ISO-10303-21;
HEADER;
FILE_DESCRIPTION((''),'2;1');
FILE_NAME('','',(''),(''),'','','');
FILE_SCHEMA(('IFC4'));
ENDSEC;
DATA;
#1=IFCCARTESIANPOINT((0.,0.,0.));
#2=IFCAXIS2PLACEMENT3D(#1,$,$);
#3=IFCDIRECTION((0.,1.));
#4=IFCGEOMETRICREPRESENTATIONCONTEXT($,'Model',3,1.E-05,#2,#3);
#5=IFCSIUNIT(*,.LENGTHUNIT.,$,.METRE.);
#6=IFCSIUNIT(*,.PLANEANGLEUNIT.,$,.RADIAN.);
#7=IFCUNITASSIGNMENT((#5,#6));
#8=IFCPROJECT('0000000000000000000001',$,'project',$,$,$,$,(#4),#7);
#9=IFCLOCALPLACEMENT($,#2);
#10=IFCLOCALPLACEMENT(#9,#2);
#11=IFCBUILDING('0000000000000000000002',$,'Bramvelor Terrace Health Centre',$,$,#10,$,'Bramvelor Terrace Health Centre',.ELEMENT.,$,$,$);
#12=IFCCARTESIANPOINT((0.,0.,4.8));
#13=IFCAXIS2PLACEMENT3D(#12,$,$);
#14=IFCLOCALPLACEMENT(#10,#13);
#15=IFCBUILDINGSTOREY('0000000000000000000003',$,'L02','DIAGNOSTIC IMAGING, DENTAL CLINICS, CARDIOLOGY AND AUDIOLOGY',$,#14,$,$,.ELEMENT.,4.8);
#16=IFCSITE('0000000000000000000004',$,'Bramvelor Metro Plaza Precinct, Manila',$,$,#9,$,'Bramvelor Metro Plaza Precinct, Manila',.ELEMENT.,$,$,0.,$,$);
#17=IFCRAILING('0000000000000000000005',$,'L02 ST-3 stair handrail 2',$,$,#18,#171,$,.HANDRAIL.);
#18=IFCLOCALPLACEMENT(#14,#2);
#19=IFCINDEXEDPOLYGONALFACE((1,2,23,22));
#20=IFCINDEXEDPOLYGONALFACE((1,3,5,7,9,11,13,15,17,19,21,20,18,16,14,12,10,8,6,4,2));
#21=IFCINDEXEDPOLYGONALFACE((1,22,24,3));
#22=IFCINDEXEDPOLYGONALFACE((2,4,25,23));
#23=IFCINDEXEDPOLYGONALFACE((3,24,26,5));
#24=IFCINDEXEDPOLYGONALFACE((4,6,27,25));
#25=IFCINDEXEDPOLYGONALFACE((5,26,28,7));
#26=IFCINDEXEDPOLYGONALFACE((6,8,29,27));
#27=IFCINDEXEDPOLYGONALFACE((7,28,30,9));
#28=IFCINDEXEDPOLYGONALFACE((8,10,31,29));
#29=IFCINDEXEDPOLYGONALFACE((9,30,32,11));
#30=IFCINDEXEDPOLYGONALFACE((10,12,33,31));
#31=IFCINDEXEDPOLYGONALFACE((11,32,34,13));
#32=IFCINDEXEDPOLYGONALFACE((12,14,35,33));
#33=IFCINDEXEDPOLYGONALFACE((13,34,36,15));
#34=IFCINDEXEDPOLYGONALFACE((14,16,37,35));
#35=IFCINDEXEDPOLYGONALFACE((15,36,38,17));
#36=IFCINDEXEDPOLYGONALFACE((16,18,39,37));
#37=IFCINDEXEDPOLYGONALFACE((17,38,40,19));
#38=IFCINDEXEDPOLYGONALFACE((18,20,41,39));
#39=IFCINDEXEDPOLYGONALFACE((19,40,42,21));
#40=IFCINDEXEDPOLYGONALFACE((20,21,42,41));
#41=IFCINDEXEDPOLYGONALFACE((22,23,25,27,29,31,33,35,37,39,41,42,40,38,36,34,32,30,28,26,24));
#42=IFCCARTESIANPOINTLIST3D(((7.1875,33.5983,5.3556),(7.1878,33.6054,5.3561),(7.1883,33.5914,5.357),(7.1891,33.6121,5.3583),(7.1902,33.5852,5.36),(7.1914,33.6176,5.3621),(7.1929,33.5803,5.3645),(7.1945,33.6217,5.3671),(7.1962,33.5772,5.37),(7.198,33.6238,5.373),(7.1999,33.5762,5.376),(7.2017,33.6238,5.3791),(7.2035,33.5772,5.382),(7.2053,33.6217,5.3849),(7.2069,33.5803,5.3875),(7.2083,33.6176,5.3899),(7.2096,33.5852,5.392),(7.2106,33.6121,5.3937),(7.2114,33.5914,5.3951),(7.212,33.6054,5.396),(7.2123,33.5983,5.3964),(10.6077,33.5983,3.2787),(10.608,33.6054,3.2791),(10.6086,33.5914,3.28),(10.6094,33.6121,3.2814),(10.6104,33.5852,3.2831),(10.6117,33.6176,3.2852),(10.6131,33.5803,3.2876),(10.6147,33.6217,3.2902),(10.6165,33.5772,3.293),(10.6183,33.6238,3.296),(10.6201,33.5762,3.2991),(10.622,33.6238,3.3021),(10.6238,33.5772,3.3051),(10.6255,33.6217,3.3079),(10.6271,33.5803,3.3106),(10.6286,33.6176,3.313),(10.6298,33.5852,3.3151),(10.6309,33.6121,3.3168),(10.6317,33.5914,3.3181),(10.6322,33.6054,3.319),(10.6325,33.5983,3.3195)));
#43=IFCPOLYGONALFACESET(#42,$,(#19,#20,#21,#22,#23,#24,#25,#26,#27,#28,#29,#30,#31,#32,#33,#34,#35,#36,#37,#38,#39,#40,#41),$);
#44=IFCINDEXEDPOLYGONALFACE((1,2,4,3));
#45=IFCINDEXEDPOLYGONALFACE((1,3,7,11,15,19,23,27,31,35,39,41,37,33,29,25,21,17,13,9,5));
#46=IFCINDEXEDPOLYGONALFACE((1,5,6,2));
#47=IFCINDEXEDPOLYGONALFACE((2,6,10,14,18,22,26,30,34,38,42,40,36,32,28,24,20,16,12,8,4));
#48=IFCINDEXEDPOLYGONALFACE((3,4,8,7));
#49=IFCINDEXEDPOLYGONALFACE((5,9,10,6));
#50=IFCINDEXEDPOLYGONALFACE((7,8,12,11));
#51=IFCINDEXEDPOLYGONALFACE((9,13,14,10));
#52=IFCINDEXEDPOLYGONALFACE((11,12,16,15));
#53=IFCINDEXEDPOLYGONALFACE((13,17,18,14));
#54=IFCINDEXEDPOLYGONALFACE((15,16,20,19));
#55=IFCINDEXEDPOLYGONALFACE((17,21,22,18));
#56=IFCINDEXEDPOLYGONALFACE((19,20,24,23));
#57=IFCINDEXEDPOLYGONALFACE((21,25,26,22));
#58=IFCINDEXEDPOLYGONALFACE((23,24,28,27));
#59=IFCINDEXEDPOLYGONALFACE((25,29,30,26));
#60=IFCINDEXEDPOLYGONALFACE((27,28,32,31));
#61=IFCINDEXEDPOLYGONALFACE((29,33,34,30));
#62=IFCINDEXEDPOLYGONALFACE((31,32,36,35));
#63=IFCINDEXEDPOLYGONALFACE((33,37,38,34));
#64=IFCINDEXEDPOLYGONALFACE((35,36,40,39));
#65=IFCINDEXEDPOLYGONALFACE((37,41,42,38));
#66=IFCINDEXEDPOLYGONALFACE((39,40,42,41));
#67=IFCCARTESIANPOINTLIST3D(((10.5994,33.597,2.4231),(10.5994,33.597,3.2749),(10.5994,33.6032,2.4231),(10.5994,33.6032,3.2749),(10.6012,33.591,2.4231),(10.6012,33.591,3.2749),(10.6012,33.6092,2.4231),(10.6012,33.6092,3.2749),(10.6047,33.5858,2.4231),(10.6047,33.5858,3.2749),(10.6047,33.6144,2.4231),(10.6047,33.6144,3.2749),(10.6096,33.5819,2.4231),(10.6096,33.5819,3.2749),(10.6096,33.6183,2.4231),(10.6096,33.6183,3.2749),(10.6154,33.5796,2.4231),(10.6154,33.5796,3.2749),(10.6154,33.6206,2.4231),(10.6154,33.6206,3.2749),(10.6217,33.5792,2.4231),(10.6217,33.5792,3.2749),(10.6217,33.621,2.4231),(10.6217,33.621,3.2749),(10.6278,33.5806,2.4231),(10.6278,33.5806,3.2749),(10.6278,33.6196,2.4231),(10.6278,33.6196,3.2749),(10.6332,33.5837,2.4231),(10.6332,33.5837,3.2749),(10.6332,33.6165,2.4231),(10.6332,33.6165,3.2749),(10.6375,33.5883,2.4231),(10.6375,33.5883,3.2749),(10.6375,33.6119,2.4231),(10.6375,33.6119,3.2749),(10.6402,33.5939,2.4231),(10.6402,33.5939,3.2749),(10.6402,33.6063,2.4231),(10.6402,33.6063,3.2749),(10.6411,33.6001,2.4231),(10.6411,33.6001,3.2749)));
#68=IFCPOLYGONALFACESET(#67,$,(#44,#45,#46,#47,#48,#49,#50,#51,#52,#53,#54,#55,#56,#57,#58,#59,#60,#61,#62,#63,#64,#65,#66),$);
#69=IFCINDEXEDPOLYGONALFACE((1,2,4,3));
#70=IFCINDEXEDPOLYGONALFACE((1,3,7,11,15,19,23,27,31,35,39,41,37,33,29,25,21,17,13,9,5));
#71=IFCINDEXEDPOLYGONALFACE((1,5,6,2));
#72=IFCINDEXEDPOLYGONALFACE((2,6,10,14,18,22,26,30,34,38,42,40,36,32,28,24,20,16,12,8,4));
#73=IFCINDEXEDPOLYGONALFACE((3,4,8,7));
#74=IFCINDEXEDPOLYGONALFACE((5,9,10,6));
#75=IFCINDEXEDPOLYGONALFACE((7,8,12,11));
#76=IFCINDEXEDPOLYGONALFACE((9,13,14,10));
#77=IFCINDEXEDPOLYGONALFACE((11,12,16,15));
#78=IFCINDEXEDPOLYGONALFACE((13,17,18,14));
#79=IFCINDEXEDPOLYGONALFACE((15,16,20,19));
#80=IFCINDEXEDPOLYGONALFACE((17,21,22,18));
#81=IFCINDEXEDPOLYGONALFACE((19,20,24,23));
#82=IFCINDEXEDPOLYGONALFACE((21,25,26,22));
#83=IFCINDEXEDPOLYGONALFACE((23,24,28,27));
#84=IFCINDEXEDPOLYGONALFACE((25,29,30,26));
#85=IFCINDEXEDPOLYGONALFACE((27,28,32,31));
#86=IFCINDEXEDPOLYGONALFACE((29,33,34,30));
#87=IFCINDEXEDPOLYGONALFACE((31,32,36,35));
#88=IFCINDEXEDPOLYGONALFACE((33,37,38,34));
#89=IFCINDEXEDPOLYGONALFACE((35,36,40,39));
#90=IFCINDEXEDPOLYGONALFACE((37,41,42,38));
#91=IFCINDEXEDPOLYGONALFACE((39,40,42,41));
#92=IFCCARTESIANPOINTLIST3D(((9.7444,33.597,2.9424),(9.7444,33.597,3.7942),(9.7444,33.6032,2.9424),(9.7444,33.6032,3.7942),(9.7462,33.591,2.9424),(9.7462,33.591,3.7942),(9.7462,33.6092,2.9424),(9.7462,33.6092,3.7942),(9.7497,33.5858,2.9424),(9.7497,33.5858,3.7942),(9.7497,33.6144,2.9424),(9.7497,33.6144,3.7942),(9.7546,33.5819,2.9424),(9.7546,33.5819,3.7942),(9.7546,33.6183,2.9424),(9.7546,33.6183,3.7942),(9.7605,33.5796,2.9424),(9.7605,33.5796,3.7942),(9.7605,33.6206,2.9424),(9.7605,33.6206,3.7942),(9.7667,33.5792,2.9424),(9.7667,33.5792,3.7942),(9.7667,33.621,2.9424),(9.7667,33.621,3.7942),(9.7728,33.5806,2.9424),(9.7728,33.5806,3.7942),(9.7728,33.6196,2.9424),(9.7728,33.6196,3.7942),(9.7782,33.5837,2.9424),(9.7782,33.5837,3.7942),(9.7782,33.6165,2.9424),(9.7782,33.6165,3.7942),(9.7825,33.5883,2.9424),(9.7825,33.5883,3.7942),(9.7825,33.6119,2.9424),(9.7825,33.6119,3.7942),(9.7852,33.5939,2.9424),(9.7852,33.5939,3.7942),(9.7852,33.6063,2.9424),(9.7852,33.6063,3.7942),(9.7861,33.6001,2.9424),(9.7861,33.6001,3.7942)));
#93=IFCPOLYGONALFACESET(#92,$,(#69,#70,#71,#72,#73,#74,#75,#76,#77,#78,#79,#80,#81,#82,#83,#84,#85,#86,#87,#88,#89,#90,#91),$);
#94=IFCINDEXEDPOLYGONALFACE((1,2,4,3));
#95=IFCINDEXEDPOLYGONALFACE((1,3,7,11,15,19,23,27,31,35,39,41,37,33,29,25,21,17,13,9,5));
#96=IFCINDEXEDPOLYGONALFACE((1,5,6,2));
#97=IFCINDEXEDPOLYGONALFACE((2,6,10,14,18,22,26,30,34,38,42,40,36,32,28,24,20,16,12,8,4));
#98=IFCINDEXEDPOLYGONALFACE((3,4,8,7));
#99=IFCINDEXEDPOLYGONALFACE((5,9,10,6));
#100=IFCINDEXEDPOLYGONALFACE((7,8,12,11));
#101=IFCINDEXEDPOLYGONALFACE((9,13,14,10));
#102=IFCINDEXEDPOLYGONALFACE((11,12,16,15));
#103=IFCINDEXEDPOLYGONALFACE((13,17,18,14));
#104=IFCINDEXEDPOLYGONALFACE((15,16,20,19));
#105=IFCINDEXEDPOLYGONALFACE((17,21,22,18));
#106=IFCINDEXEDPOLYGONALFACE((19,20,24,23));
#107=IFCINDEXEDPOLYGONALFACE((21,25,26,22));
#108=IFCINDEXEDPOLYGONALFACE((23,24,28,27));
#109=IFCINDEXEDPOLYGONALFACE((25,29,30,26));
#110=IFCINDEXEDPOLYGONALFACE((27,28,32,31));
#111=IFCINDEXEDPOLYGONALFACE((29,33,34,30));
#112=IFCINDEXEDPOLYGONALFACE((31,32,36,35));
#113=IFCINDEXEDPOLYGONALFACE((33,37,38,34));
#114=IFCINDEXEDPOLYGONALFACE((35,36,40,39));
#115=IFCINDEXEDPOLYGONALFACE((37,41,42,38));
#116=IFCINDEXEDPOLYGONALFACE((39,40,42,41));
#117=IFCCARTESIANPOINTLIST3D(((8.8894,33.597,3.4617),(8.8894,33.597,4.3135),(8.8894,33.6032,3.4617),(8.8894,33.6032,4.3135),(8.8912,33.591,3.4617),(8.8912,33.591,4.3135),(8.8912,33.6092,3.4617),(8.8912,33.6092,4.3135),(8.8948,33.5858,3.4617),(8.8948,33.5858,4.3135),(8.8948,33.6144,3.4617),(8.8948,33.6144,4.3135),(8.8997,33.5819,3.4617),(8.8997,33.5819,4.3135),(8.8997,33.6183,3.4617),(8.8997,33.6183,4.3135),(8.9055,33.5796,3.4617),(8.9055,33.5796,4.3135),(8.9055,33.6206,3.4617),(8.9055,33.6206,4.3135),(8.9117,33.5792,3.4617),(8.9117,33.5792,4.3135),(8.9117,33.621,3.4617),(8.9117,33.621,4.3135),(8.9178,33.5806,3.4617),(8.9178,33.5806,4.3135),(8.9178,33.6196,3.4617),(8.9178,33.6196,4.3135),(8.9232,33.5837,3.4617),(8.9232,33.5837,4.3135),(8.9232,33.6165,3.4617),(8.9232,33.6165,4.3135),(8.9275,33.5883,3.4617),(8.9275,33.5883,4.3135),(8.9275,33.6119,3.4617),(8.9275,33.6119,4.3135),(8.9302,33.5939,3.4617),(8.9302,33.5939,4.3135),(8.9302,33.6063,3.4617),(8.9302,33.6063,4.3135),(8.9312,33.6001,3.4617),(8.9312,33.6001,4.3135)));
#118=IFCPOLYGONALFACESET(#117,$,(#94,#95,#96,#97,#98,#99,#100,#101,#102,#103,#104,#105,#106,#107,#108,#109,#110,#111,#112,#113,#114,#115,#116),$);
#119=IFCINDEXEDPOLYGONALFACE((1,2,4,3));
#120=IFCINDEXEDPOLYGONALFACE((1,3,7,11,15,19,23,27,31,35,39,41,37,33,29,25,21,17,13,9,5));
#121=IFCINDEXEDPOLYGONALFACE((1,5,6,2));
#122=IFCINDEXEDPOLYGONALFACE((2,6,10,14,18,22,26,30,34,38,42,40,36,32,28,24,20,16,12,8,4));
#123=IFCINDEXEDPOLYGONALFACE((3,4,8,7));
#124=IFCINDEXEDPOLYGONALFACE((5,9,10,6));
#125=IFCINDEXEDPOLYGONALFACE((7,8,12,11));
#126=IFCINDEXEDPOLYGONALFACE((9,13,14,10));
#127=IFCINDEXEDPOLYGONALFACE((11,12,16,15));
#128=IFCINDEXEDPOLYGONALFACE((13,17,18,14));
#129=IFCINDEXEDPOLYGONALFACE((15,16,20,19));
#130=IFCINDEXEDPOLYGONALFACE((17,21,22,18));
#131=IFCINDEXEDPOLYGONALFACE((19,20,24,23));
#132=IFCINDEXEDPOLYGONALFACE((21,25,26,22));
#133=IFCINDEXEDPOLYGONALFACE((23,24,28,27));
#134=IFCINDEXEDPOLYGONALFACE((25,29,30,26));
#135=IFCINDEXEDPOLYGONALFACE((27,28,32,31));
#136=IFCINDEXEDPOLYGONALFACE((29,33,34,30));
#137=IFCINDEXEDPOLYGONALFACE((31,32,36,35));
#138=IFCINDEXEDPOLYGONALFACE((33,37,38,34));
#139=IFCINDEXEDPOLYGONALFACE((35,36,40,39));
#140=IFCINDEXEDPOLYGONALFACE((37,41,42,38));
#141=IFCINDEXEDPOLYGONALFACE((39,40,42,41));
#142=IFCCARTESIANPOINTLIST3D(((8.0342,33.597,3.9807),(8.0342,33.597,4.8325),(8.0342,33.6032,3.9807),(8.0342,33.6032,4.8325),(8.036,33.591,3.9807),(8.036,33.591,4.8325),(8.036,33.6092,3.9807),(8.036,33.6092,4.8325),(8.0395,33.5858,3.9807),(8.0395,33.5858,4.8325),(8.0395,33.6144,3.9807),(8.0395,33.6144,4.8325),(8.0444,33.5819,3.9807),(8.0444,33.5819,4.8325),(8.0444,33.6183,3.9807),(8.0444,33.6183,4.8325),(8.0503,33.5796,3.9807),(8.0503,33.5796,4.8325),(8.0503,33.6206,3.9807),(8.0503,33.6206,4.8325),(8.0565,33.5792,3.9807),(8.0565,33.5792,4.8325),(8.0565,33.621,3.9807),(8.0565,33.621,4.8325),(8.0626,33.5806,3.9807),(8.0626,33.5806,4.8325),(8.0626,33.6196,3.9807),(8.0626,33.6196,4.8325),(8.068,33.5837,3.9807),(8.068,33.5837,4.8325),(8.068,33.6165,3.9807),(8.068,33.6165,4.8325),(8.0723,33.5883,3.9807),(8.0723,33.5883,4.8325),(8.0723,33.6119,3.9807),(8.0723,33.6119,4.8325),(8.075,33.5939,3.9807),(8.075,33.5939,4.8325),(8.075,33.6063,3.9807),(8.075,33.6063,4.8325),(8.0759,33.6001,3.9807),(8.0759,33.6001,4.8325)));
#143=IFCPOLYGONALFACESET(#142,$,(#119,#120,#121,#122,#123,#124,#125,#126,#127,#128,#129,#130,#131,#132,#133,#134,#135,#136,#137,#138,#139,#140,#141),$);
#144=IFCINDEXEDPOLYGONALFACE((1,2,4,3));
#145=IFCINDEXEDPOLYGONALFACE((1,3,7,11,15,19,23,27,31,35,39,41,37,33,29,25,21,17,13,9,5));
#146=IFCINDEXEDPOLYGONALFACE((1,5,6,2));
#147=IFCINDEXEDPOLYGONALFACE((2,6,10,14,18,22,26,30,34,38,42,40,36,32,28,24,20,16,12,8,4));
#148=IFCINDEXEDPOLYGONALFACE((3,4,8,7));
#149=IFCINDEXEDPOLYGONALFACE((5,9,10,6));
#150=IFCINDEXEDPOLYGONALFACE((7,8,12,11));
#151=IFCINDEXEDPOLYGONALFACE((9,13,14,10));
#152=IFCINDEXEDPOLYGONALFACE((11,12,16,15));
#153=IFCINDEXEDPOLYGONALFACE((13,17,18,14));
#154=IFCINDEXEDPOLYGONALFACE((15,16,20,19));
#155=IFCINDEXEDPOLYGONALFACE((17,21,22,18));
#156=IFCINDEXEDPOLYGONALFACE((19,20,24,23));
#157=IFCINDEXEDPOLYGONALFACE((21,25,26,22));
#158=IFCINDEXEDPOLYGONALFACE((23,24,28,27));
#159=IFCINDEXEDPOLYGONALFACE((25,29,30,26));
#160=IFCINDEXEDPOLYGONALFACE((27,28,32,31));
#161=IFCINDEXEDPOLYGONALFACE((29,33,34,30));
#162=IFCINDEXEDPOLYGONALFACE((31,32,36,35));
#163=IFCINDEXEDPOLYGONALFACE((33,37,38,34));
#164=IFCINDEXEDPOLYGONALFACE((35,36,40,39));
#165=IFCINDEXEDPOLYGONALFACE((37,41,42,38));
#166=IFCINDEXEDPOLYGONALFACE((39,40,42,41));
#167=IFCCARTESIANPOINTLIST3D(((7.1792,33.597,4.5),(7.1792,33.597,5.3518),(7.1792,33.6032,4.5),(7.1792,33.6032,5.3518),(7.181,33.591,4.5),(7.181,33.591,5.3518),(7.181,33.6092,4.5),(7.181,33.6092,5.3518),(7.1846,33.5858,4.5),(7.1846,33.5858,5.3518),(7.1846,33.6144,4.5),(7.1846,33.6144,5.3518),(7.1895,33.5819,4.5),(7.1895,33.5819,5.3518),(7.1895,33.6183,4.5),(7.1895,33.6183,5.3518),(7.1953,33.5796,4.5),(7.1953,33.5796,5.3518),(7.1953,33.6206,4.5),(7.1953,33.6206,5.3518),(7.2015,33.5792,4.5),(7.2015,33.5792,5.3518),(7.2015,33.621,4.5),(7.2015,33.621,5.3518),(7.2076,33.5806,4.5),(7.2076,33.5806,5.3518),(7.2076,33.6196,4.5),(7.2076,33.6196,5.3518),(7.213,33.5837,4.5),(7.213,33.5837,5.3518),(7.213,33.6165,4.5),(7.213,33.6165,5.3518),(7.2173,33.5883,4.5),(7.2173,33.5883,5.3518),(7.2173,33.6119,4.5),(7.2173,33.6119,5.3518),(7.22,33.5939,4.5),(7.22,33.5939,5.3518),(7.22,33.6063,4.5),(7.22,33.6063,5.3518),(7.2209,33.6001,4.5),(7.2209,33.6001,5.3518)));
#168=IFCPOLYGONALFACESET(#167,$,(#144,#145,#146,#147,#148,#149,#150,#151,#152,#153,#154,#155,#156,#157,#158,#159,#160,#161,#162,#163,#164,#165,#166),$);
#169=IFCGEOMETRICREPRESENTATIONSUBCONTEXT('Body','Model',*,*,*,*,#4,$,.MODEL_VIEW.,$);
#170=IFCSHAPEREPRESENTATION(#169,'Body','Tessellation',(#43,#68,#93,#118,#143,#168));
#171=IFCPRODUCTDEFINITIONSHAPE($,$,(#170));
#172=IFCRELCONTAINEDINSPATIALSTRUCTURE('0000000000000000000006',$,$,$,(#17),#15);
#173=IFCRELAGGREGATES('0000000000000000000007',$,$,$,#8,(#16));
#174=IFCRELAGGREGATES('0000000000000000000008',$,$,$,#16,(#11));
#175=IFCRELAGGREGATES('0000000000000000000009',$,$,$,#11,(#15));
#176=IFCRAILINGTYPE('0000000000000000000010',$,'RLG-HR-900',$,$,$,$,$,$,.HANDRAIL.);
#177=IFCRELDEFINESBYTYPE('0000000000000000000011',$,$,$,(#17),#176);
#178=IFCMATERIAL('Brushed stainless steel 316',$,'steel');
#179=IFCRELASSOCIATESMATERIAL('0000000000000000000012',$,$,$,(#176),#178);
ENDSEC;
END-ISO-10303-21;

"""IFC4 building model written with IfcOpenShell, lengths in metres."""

from ifc_helpers import new_model, si_unit, direction, frame, origin, origin_2d, place, context, subcontext, project, spatial, circle, extrude, material, type_object, element, save


model = new_model("IFC4")

# Units and contexts
model_context = context("Model", 3, precision=1e-05, world=origin(), true_north=direction((0.0, 1.0)))
body_context = subcontext(model_context, "Body", "Model", "MODEL_VIEW")
ifc_project = project(units=[si_unit("LENGTHUNIT", "METRE"), si_unit("PLANEANGLEUNIT", "RADIAN")], contexts=[model_context])

# Site, building, storey
site_placement = place(None, origin())
site = spatial("IfcSite", under=ifc_project, at=site_placement, Name="Bramvelor Metro Plaza Precinct, Manila", LongName="Bramvelor Metro Plaza Precinct, Manila", CompositionType="ELEMENT", RefElevation=0.0)
building_placement = place(site_placement, origin())
building = spatial("IfcBuilding", under=site, at=building_placement, Name="Bramvelor Terrace Health Centre", LongName="Bramvelor Terrace Health Centre", CompositionType="ELEMENT")
storey_placement = place(building_placement, frame((0.0, 0.0, 4.8)))
storey = spatial("IfcBuildingStorey", under=building, at=storey_placement, Name="L02", Description="DIAGNOSTIC IMAGING, DENTAL CLINICS, CARDIOLOGY AND AUDIOLOGY", CompositionType="ELEMENT", Elevation=4.8)

# Railing
ifc_material_1 = material(Name="Brushed stainless steel 316", Category="steel")
railing_type_1 = type_object("IfcRailingType", Name="RLG-HR-900", PredefinedType="HANDRAIL", material=ifc_material_1)
railing_1_placement = place(storey_placement, frame((10.6201, 33.6001, 2.4231)))
element("IfcRailing", 1, at=railing_1_placement, inside=storey, type_object=railing_type_1, Name="L02 ST-3 stair handrail 2", PredefinedType="HANDRAIL", context=body_context, shape_type="SweptSolid", body=[
    extrude(circle(Radius=0.0239, at=origin_2d()), frame((0.0, 0.0, 0.876), z_axis=(-0.854746, 0.0, 0.519047), x_axis=(0.0, -1.0, 0.0)), (0.0, 0.0, 1.0), 4.0015),
    extrude(circle(Radius=0.021, at=origin_2d()), origin(), (0.0, 0.0, 1.0), 0.8518),
    extrude(circle(Radius=0.021, at=origin_2d()), frame((-0.855, 0.0, 0.5193)), (0.0, 0.0, 1.0), 0.8518),
    extrude(circle(Radius=0.021, at=origin_2d()), frame((-1.71, 0.0, 1.0386)), (0.0, 0.0, 1.0), 0.8518),
    extrude(circle(Radius=0.021, at=origin_2d()), frame((-2.5652, 0.0, 1.5576)), (0.0, 0.0, 1.0), 0.8518),
    extrude(circle(Radius=0.021, at=origin_2d()), frame((-3.4202, 0.0, 2.0769)), (0.0, 0.0, 1.0), 0.8518),
])

save(model, "model.ifc")
